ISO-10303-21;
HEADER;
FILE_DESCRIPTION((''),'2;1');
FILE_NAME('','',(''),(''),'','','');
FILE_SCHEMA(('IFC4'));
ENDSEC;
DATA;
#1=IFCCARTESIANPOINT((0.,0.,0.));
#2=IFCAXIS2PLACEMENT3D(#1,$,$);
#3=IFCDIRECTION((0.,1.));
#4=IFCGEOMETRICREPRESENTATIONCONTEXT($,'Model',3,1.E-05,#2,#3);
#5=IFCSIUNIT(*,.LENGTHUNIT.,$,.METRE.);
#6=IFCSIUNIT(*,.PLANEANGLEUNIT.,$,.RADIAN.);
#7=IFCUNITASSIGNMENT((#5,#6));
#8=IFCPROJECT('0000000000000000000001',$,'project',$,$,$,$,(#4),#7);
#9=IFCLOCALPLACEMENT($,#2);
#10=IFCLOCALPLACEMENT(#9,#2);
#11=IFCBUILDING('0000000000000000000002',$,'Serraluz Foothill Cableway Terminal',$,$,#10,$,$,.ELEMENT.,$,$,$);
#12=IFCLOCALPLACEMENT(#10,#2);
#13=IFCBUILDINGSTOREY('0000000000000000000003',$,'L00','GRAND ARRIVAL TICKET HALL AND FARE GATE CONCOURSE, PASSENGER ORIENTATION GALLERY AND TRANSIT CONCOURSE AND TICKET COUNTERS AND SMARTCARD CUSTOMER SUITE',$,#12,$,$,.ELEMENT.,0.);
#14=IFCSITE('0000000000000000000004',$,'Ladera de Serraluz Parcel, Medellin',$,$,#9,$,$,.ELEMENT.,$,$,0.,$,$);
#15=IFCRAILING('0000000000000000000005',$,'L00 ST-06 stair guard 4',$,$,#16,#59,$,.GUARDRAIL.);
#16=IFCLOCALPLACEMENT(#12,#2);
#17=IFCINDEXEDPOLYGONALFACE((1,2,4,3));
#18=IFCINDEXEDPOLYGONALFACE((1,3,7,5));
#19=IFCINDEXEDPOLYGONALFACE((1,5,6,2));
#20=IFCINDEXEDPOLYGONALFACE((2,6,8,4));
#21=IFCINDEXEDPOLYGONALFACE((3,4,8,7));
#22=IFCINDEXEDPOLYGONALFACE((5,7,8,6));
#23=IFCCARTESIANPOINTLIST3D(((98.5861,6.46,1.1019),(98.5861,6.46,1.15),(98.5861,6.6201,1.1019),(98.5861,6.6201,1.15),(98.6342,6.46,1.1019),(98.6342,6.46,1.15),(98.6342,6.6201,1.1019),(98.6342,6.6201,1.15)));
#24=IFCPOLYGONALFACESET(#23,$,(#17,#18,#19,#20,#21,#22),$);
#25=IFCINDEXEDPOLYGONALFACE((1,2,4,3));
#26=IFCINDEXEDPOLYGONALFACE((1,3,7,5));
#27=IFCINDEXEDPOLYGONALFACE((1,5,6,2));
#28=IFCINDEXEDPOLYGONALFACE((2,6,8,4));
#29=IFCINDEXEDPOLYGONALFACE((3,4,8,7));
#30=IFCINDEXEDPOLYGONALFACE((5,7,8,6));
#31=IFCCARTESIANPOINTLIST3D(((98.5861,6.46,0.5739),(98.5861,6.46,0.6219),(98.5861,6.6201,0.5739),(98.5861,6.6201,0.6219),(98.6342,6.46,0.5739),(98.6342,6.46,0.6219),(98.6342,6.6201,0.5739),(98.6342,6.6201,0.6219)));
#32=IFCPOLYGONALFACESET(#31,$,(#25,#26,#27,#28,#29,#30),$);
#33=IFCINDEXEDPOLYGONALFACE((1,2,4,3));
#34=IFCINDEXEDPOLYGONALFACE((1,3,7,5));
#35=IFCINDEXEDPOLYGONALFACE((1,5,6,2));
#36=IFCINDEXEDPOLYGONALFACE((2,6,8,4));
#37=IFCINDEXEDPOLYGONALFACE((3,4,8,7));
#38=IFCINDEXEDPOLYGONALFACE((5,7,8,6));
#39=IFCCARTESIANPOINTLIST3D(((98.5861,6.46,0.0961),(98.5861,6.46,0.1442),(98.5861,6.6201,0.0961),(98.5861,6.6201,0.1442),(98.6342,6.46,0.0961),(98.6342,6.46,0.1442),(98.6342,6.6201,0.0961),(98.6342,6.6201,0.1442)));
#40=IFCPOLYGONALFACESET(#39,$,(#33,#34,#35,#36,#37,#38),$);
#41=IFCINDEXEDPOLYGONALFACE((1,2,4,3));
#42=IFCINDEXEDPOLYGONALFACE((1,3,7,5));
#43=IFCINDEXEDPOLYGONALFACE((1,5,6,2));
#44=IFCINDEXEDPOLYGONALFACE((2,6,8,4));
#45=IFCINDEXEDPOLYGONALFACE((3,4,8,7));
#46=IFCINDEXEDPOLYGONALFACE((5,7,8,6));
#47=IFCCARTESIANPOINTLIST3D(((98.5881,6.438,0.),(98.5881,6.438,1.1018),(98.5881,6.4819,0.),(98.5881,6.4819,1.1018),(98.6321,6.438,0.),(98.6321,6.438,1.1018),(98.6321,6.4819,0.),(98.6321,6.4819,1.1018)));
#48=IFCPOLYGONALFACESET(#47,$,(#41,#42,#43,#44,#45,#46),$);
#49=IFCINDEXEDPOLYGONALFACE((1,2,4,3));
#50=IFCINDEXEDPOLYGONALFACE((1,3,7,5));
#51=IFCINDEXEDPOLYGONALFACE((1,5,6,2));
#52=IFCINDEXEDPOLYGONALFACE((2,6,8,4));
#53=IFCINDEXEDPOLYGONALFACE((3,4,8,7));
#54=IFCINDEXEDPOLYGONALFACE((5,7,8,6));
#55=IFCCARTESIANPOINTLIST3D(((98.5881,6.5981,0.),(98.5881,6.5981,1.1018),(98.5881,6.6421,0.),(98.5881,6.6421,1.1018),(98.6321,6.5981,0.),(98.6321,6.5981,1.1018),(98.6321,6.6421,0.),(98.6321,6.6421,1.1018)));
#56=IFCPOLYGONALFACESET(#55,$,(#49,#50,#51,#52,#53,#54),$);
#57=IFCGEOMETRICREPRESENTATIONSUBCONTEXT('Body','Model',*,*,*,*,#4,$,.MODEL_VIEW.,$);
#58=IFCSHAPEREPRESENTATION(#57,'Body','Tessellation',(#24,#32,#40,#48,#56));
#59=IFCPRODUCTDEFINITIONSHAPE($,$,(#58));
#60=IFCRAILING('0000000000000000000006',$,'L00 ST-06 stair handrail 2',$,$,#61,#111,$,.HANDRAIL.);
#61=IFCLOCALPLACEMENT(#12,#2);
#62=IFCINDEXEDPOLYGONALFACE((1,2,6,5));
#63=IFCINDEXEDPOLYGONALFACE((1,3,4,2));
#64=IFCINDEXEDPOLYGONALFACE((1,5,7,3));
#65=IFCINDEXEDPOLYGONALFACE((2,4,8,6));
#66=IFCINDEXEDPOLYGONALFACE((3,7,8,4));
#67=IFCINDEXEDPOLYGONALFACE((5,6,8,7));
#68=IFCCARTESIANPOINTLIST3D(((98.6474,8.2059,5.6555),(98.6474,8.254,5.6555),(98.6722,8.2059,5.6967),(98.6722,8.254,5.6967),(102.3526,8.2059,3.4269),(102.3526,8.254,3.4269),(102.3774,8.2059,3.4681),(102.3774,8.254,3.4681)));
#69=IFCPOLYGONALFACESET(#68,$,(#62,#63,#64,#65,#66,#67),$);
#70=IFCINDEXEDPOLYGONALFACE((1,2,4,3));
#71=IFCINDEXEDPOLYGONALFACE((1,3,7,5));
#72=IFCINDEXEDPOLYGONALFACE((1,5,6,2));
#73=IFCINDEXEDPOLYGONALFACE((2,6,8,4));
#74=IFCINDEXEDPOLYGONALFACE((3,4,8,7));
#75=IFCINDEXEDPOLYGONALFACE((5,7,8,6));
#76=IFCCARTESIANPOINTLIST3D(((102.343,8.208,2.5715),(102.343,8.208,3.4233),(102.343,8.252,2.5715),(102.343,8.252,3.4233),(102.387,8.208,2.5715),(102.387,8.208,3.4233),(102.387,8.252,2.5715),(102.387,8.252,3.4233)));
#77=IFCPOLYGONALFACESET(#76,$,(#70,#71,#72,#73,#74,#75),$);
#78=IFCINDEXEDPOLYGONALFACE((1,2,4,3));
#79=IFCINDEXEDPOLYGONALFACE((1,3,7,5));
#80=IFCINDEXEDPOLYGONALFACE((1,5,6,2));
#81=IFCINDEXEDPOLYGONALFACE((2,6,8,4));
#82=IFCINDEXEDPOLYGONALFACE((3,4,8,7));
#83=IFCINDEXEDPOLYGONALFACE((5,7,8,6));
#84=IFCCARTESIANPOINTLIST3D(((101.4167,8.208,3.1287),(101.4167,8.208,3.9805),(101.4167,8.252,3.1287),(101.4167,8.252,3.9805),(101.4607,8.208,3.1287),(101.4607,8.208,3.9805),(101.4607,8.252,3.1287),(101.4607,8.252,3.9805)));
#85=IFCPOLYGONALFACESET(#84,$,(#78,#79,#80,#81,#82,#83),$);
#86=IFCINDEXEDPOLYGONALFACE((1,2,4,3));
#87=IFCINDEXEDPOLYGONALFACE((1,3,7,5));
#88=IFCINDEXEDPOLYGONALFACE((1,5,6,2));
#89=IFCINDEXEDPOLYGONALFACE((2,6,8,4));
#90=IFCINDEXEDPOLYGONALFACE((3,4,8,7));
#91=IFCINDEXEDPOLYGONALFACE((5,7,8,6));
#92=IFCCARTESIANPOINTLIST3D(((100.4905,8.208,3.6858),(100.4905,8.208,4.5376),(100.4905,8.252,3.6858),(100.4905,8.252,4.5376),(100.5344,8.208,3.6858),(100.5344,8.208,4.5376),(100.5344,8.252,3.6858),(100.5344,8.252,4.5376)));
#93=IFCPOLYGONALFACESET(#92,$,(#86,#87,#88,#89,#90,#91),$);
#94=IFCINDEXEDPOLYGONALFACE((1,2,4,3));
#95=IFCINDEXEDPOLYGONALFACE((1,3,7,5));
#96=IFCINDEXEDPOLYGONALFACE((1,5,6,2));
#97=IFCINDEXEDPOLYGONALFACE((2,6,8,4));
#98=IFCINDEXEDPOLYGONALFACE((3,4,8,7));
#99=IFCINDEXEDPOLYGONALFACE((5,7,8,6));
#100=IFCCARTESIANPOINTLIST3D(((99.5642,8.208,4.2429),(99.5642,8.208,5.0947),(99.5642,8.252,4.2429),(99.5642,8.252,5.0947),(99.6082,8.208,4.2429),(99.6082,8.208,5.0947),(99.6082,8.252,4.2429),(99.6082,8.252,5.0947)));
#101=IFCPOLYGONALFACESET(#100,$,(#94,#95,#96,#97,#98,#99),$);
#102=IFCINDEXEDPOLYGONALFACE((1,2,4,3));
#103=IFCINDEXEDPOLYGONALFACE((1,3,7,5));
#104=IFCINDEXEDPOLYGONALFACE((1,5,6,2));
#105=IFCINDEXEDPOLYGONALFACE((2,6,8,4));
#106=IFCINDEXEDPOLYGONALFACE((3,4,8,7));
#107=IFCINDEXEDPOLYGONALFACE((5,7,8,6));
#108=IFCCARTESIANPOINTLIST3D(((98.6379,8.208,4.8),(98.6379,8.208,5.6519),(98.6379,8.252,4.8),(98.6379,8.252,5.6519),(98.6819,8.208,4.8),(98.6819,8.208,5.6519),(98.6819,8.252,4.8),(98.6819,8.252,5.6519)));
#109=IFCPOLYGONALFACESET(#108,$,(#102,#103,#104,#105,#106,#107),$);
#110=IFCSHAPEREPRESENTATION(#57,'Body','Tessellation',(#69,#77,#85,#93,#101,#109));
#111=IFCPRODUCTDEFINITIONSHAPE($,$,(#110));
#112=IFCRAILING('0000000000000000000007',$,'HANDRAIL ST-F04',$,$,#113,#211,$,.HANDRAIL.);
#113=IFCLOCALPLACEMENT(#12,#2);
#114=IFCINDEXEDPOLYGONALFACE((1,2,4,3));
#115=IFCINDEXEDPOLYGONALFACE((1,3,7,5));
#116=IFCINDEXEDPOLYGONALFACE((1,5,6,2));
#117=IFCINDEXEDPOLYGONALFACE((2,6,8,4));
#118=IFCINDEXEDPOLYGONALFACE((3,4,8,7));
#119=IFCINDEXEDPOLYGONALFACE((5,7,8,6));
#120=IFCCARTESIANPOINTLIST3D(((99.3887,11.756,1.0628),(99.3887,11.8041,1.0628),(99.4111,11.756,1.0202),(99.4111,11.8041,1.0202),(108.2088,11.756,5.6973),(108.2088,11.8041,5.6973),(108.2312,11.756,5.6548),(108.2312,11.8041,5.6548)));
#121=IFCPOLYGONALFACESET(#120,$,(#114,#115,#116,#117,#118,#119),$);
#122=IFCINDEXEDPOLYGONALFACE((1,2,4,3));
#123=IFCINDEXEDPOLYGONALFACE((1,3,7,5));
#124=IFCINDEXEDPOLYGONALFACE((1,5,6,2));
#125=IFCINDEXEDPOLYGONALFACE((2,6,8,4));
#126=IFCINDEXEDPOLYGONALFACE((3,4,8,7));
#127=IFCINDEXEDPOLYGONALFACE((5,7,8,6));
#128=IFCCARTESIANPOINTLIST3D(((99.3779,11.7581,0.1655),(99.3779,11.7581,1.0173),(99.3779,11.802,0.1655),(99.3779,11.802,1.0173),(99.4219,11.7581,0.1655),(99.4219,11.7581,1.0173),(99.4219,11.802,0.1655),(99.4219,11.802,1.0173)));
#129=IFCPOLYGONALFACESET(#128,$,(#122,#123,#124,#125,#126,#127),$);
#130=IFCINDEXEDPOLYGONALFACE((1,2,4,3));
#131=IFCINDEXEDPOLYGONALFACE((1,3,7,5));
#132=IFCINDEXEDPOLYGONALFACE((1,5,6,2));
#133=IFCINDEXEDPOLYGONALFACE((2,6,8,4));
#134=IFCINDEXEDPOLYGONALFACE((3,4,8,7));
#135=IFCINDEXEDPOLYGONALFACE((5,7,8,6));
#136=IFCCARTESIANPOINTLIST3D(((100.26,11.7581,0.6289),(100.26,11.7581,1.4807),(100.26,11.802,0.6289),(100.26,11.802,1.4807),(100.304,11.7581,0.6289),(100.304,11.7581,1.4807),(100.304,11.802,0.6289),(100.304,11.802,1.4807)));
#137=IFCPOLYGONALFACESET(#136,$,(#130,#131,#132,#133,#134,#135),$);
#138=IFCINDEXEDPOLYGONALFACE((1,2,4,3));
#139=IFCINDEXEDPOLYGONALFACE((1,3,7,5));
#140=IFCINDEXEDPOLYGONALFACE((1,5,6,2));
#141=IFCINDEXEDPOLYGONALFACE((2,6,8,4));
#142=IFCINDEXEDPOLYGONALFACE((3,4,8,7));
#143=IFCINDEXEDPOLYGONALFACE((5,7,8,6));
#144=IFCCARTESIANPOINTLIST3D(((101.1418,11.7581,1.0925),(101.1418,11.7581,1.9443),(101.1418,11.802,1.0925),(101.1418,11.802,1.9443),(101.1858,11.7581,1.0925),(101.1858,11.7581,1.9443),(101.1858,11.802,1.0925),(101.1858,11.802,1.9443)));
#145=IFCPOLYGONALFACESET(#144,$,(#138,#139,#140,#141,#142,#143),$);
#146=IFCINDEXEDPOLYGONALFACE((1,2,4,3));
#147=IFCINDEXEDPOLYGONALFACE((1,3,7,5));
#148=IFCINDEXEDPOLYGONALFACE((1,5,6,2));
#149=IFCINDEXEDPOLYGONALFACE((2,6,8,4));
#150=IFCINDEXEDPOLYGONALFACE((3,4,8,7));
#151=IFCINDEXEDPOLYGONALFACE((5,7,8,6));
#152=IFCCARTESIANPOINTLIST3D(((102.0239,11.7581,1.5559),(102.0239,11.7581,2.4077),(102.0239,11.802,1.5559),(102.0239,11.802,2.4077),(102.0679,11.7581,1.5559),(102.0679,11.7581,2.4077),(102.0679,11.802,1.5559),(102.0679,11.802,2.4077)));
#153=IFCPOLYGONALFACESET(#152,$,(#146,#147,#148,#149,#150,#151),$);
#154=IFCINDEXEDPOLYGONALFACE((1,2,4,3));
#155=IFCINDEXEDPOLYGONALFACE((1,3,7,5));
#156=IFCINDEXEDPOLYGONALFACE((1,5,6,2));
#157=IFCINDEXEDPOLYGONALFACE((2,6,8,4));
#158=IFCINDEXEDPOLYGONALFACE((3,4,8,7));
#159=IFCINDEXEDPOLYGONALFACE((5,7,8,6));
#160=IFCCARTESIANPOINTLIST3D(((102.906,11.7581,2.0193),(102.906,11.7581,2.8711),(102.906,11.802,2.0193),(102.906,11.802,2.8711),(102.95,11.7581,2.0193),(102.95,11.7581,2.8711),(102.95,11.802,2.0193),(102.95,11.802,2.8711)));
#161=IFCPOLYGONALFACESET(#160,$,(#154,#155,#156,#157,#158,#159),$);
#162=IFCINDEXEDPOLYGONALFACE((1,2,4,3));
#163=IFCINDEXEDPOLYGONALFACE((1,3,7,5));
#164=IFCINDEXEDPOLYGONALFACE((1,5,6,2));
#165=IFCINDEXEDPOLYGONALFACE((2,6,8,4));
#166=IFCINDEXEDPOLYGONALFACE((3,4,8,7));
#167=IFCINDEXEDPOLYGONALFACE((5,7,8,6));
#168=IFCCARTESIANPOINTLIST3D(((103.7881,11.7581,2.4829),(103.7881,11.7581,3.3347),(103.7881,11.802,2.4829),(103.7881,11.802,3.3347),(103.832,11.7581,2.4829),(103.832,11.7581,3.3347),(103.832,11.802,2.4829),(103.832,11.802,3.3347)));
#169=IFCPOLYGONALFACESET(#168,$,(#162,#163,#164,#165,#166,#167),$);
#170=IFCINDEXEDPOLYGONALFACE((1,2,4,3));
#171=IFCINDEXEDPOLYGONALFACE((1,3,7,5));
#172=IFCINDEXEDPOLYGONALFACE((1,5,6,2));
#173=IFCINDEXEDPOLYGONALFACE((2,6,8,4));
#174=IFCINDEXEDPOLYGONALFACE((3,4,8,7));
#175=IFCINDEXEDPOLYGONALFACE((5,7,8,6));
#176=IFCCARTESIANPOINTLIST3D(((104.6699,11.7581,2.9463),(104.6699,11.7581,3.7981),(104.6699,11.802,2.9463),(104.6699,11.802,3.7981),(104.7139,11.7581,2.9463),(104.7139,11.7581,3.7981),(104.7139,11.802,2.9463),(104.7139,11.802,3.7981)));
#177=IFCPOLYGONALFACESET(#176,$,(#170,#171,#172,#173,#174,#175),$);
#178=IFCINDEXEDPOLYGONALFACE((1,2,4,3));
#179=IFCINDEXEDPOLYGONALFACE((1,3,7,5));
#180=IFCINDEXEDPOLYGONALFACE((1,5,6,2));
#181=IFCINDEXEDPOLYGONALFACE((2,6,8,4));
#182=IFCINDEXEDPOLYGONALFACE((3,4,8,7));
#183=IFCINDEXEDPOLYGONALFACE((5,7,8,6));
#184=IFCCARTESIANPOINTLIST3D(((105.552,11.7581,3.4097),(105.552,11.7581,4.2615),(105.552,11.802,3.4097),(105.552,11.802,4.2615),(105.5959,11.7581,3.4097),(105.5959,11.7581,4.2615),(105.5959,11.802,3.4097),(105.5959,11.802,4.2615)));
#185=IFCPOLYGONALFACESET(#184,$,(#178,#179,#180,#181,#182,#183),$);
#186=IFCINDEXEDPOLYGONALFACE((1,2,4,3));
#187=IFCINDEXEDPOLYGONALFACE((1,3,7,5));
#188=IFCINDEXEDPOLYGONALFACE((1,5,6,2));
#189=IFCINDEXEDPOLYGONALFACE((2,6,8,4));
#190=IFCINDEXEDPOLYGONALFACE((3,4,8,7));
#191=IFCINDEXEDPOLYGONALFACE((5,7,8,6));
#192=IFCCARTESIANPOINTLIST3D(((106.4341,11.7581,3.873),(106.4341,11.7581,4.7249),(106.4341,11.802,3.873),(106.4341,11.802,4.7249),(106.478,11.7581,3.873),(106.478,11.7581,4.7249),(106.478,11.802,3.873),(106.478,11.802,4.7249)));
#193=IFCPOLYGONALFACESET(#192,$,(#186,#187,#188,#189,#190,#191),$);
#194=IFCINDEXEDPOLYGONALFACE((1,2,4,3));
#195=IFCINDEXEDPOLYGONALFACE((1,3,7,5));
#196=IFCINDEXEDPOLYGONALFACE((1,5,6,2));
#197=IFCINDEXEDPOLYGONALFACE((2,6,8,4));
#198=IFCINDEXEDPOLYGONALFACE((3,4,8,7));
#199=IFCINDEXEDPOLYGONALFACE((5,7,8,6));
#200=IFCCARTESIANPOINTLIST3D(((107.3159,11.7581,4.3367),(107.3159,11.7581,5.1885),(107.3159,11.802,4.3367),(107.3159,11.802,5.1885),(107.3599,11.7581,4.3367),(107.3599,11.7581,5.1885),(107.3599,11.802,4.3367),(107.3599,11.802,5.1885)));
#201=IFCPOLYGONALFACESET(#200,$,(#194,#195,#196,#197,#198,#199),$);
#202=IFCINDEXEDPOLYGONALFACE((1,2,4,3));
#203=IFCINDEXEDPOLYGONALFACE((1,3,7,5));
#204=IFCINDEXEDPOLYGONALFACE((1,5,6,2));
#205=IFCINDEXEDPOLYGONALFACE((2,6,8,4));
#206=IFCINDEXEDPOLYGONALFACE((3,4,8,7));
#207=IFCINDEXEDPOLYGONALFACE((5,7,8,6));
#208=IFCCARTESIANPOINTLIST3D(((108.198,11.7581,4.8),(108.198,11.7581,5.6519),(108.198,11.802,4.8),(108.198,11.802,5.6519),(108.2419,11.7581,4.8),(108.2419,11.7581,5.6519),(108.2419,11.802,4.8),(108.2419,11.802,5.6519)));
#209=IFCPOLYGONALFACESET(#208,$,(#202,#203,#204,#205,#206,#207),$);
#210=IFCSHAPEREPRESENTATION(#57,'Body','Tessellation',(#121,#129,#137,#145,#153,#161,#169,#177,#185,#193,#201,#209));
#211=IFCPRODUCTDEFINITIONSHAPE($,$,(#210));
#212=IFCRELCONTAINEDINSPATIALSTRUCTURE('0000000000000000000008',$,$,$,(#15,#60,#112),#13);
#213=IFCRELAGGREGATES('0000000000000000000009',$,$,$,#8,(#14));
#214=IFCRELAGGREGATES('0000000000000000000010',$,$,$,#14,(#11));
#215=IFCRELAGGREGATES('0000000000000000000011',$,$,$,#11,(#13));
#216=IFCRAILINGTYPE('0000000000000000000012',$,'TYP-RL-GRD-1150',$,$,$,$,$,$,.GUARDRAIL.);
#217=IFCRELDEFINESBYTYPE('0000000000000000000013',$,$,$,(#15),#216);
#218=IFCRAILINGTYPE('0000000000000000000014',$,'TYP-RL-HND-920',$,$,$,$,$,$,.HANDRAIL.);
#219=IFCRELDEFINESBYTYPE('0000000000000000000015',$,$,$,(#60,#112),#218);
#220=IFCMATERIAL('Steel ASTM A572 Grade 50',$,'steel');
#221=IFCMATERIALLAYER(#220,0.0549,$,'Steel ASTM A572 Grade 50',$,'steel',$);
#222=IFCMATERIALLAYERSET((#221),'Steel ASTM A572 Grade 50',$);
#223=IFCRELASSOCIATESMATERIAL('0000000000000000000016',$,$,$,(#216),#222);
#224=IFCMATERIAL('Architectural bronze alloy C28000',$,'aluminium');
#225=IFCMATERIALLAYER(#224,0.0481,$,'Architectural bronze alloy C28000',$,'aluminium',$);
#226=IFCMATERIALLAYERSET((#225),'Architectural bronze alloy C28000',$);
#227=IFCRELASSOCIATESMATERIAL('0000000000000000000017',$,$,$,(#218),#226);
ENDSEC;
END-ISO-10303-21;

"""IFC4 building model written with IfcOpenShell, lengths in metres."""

from ifc_helpers import new_model, si_unit, direction, frame, origin, origin_2d, place, context, subcontext, project, spatial, rectangle, extrude, material, layer, layer_set, type_object, element, save


model = new_model("IFC4")

# Units and contexts
model_context = context("Model", 3, precision=1e-05, world=origin(), true_north=direction((0.0, 1.0)))
body_context = subcontext(model_context, "Body", "Model", "MODEL_VIEW")
ifc_project = project(units=[si_unit("LENGTHUNIT", "METRE"), si_unit("PLANEANGLEUNIT", "RADIAN")], contexts=[model_context])

# Site, building, storey
site_placement = place(None, origin())
site = spatial("IfcSite", under=ifc_project, at=site_placement, Name="Ladera de Serraluz Parcel, Medellin", CompositionType="ELEMENT", RefElevation=0.0)
building_placement = place(site_placement, origin())
building = spatial("IfcBuilding", under=site, at=building_placement, Name="Serraluz Foothill Cableway Terminal", CompositionType="ELEMENT")
storey_placement = place(building_placement, origin())
storey = spatial("IfcBuildingStorey", under=building, at=storey_placement, Name="L00", Description="GRAND ARRIVAL TICKET HALL AND FARE GATE CONCOURSE, PASSENGER ORIENTATION GALLERY AND TRANSIT CONCOURSE AND TICKET COUNTERS AND SMARTCARD CUSTOMER SUITE", CompositionType="ELEMENT", Elevation=0.0)

# Railings
ifc_material_1 = material(Name="Steel ASTM A572 Grade 50", Category="steel")
ifc_layer_1 = layer(ifc_material_1, 0.0549, Name="Steel ASTM A572 Grade 50", Category="steel")
ifc_layer_set_1 = layer_set([ifc_layer_1], Name="Steel ASTM A572 Grade 50")
railing_type_1 = type_object("IfcRailingType", Name="TYP-RL-GRD-1150", PredefinedType="GUARDRAIL", material=ifc_layer_set_1)
railing_1_placement = place(storey_placement, frame((98.6101, 6.46, 0.0)))
element("IfcRailing", 1, at=railing_1_placement, inside=storey, type_object=railing_type_1, Name="L00 ST-06 stair guard 4", PredefinedType="GUARDRAIL", context=body_context, shape_type="SweptSolid", body=[
    extrude(rectangle(XDim=0.0481, YDim=0.0481, at=origin_2d()), frame((0.0, 0.0, 1.126), z_axis=(0.0, 1.0, 0.0), x_axis=(-1.0, 0.0, 0.0)), (0.0, 0.0, 1.0), 0.1602),
    extrude(rectangle(XDim=0.0481, YDim=0.0481, at=origin_2d()), frame((0.0, 0.0, 0.5979), z_axis=(0.0, 1.0, 0.0), x_axis=(-1.0, 0.0, 0.0)), (0.0, 0.0, 1.0), 0.1602),
    extrude(rectangle(XDim=0.0481, YDim=0.0481, at=origin_2d()), frame((0.0, 0.0, 0.1201), z_axis=(0.0, 1.0, 0.0), x_axis=(-1.0, 0.0, 0.0)), (0.0, 0.0, 1.0), 0.1602),
    extrude(rectangle(XDim=0.0439, YDim=0.0439, at=origin_2d()), origin(), (0.0, 0.0, 1.0), 1.1018),
    extrude(rectangle(XDim=0.0439, YDim=0.0439, at=origin_2d()), frame((0.0, 0.1602, 0.0)), (0.0, 0.0, 1.0), 1.1018),
])
ifc_material_2 = material(Name="Architectural bronze alloy C28000", Category="aluminium")
ifc_layer_2 = layer(ifc_material_2, 0.0481, Name="Architectural bronze alloy C28000", Category="aluminium")
ifc_layer_set_2 = layer_set([ifc_layer_2], Name="Architectural bronze alloy C28000")
railing_type_2 = type_object("IfcRailingType", Name="TYP-RL-HND-920", PredefinedType="HANDRAIL", material=ifc_layer_set_2)
railing_2_placement = place(storey_placement, frame((102.365, 8.23, 2.5715)))
element("IfcRailing", 2, at=railing_2_placement, inside=storey, type_object=railing_type_2, Name="L00 ST-06 stair handrail 2", PredefinedType="HANDRAIL", context=body_context, shape_type="SweptSolid", body=[
    extrude(rectangle(XDim=0.0481, YDim=0.0481, at=origin_2d()), frame((0.0, 0.0, 0.876), z_axis=(-0.856934, 0.0, 0.515425), x_axis=(0.0, -1.0, 0.0)), (0.0, 0.0, 1.0), 4.3237),
    extrude(rectangle(XDim=0.0439, YDim=0.0439, at=origin_2d()), origin(), (0.0, 0.0, 1.0), 0.8518),
    extrude(rectangle(XDim=0.0439, YDim=0.0439, at=origin_2d()), frame((-0.9263, 0.0, 0.5571)), (0.0, 0.0, 1.0), 0.8518),
    extrude(rectangle(XDim=0.0439, YDim=0.0439, at=origin_2d()), frame((-1.8525, 0.0, 1.1143)), (0.0, 0.0, 1.0), 0.8518),
    extrude(rectangle(XDim=0.0439, YDim=0.0439, at=origin_2d()), frame((-2.7788, 0.0, 1.6714)), (0.0, 0.0, 1.0), 0.8518),
    extrude(rectangle(XDim=0.0439, YDim=0.0439, at=origin_2d()), frame((-3.7051, 0.0, 2.2285)), (0.0, 0.0, 1.0), 0.8518),
])
railing_3_placement = place(storey_placement, frame((99.3999, 11.78, 0.1655)))
element("IfcRailing", 3, at=railing_3_placement, inside=storey, type_object=railing_type_2, Name="HANDRAIL ST-F04", PredefinedType="HANDRAIL", context=body_context, shape_type="SweptSolid", body=[
    extrude(rectangle(XDim=0.0481, YDim=0.0481, at=origin_2d()), frame((0.0, 0.0, 0.876), z_axis=(0.885233, 0.0, 0.465147), x_axis=(0.0, 1.0, 0.0)), (0.0, 0.0, 1.0), 9.9636),
    extrude(rectangle(XDim=0.0439, YDim=0.0439, at=origin_2d()), origin(), (0.0, 0.0, 1.0), 0.8518),
    extrude(rectangle(XDim=0.0439, YDim=0.0439, at=origin_2d()), frame((0.8821, 0.0, 0.4634)), (0.0, 0.0, 1.0), 0.8518),
    extrude(rectangle(XDim=0.0439, YDim=0.0439, at=origin_2d()), frame((1.7639, 0.0, 0.927)), (0.0, 0.0, 1.0), 0.8518),
    extrude(rectangle(XDim=0.0439, YDim=0.0439, at=origin_2d()), frame((2.646, 0.0, 1.3904)), (0.0, 0.0, 1.0), 0.8518),
    extrude(rectangle(XDim=0.0439, YDim=0.0439, at=origin_2d()), frame((3.5281, 0.0, 1.8538)), (0.0, 0.0, 1.0), 0.8518),
    extrude(rectangle(XDim=0.0439, YDim=0.0439, at=origin_2d()), frame((4.4102, 0.0, 2.3174)), (0.0, 0.0, 1.0), 0.8518),
    extrude(rectangle(XDim=0.0439, YDim=0.0439, at=origin_2d()), frame((5.292, 0.0, 2.7808)), (0.0, 0.0, 1.0), 0.8518),
    extrude(rectangle(XDim=0.0439, YDim=0.0439, at=origin_2d()), frame((6.1741, 0.0, 3.2441)), (0.0, 0.0, 1.0), 0.8518),
    extrude(rectangle(XDim=0.0439, YDim=0.0439, at=origin_2d()), frame((7.0562, 0.0, 3.7075)), (0.0, 0.0, 1.0), 0.8518),
    extrude(rectangle(XDim=0.0439, YDim=0.0439, at=origin_2d()), frame((7.938, 0.0, 4.1711)), (0.0, 0.0, 1.0), 0.8518),
    extrude(rectangle(XDim=0.0439, YDim=0.0439, at=origin_2d()), frame((8.8201, 0.0, 4.6345)), (0.0, 0.0, 1.0), 0.8518),
])

save(model, "model.ifc")
